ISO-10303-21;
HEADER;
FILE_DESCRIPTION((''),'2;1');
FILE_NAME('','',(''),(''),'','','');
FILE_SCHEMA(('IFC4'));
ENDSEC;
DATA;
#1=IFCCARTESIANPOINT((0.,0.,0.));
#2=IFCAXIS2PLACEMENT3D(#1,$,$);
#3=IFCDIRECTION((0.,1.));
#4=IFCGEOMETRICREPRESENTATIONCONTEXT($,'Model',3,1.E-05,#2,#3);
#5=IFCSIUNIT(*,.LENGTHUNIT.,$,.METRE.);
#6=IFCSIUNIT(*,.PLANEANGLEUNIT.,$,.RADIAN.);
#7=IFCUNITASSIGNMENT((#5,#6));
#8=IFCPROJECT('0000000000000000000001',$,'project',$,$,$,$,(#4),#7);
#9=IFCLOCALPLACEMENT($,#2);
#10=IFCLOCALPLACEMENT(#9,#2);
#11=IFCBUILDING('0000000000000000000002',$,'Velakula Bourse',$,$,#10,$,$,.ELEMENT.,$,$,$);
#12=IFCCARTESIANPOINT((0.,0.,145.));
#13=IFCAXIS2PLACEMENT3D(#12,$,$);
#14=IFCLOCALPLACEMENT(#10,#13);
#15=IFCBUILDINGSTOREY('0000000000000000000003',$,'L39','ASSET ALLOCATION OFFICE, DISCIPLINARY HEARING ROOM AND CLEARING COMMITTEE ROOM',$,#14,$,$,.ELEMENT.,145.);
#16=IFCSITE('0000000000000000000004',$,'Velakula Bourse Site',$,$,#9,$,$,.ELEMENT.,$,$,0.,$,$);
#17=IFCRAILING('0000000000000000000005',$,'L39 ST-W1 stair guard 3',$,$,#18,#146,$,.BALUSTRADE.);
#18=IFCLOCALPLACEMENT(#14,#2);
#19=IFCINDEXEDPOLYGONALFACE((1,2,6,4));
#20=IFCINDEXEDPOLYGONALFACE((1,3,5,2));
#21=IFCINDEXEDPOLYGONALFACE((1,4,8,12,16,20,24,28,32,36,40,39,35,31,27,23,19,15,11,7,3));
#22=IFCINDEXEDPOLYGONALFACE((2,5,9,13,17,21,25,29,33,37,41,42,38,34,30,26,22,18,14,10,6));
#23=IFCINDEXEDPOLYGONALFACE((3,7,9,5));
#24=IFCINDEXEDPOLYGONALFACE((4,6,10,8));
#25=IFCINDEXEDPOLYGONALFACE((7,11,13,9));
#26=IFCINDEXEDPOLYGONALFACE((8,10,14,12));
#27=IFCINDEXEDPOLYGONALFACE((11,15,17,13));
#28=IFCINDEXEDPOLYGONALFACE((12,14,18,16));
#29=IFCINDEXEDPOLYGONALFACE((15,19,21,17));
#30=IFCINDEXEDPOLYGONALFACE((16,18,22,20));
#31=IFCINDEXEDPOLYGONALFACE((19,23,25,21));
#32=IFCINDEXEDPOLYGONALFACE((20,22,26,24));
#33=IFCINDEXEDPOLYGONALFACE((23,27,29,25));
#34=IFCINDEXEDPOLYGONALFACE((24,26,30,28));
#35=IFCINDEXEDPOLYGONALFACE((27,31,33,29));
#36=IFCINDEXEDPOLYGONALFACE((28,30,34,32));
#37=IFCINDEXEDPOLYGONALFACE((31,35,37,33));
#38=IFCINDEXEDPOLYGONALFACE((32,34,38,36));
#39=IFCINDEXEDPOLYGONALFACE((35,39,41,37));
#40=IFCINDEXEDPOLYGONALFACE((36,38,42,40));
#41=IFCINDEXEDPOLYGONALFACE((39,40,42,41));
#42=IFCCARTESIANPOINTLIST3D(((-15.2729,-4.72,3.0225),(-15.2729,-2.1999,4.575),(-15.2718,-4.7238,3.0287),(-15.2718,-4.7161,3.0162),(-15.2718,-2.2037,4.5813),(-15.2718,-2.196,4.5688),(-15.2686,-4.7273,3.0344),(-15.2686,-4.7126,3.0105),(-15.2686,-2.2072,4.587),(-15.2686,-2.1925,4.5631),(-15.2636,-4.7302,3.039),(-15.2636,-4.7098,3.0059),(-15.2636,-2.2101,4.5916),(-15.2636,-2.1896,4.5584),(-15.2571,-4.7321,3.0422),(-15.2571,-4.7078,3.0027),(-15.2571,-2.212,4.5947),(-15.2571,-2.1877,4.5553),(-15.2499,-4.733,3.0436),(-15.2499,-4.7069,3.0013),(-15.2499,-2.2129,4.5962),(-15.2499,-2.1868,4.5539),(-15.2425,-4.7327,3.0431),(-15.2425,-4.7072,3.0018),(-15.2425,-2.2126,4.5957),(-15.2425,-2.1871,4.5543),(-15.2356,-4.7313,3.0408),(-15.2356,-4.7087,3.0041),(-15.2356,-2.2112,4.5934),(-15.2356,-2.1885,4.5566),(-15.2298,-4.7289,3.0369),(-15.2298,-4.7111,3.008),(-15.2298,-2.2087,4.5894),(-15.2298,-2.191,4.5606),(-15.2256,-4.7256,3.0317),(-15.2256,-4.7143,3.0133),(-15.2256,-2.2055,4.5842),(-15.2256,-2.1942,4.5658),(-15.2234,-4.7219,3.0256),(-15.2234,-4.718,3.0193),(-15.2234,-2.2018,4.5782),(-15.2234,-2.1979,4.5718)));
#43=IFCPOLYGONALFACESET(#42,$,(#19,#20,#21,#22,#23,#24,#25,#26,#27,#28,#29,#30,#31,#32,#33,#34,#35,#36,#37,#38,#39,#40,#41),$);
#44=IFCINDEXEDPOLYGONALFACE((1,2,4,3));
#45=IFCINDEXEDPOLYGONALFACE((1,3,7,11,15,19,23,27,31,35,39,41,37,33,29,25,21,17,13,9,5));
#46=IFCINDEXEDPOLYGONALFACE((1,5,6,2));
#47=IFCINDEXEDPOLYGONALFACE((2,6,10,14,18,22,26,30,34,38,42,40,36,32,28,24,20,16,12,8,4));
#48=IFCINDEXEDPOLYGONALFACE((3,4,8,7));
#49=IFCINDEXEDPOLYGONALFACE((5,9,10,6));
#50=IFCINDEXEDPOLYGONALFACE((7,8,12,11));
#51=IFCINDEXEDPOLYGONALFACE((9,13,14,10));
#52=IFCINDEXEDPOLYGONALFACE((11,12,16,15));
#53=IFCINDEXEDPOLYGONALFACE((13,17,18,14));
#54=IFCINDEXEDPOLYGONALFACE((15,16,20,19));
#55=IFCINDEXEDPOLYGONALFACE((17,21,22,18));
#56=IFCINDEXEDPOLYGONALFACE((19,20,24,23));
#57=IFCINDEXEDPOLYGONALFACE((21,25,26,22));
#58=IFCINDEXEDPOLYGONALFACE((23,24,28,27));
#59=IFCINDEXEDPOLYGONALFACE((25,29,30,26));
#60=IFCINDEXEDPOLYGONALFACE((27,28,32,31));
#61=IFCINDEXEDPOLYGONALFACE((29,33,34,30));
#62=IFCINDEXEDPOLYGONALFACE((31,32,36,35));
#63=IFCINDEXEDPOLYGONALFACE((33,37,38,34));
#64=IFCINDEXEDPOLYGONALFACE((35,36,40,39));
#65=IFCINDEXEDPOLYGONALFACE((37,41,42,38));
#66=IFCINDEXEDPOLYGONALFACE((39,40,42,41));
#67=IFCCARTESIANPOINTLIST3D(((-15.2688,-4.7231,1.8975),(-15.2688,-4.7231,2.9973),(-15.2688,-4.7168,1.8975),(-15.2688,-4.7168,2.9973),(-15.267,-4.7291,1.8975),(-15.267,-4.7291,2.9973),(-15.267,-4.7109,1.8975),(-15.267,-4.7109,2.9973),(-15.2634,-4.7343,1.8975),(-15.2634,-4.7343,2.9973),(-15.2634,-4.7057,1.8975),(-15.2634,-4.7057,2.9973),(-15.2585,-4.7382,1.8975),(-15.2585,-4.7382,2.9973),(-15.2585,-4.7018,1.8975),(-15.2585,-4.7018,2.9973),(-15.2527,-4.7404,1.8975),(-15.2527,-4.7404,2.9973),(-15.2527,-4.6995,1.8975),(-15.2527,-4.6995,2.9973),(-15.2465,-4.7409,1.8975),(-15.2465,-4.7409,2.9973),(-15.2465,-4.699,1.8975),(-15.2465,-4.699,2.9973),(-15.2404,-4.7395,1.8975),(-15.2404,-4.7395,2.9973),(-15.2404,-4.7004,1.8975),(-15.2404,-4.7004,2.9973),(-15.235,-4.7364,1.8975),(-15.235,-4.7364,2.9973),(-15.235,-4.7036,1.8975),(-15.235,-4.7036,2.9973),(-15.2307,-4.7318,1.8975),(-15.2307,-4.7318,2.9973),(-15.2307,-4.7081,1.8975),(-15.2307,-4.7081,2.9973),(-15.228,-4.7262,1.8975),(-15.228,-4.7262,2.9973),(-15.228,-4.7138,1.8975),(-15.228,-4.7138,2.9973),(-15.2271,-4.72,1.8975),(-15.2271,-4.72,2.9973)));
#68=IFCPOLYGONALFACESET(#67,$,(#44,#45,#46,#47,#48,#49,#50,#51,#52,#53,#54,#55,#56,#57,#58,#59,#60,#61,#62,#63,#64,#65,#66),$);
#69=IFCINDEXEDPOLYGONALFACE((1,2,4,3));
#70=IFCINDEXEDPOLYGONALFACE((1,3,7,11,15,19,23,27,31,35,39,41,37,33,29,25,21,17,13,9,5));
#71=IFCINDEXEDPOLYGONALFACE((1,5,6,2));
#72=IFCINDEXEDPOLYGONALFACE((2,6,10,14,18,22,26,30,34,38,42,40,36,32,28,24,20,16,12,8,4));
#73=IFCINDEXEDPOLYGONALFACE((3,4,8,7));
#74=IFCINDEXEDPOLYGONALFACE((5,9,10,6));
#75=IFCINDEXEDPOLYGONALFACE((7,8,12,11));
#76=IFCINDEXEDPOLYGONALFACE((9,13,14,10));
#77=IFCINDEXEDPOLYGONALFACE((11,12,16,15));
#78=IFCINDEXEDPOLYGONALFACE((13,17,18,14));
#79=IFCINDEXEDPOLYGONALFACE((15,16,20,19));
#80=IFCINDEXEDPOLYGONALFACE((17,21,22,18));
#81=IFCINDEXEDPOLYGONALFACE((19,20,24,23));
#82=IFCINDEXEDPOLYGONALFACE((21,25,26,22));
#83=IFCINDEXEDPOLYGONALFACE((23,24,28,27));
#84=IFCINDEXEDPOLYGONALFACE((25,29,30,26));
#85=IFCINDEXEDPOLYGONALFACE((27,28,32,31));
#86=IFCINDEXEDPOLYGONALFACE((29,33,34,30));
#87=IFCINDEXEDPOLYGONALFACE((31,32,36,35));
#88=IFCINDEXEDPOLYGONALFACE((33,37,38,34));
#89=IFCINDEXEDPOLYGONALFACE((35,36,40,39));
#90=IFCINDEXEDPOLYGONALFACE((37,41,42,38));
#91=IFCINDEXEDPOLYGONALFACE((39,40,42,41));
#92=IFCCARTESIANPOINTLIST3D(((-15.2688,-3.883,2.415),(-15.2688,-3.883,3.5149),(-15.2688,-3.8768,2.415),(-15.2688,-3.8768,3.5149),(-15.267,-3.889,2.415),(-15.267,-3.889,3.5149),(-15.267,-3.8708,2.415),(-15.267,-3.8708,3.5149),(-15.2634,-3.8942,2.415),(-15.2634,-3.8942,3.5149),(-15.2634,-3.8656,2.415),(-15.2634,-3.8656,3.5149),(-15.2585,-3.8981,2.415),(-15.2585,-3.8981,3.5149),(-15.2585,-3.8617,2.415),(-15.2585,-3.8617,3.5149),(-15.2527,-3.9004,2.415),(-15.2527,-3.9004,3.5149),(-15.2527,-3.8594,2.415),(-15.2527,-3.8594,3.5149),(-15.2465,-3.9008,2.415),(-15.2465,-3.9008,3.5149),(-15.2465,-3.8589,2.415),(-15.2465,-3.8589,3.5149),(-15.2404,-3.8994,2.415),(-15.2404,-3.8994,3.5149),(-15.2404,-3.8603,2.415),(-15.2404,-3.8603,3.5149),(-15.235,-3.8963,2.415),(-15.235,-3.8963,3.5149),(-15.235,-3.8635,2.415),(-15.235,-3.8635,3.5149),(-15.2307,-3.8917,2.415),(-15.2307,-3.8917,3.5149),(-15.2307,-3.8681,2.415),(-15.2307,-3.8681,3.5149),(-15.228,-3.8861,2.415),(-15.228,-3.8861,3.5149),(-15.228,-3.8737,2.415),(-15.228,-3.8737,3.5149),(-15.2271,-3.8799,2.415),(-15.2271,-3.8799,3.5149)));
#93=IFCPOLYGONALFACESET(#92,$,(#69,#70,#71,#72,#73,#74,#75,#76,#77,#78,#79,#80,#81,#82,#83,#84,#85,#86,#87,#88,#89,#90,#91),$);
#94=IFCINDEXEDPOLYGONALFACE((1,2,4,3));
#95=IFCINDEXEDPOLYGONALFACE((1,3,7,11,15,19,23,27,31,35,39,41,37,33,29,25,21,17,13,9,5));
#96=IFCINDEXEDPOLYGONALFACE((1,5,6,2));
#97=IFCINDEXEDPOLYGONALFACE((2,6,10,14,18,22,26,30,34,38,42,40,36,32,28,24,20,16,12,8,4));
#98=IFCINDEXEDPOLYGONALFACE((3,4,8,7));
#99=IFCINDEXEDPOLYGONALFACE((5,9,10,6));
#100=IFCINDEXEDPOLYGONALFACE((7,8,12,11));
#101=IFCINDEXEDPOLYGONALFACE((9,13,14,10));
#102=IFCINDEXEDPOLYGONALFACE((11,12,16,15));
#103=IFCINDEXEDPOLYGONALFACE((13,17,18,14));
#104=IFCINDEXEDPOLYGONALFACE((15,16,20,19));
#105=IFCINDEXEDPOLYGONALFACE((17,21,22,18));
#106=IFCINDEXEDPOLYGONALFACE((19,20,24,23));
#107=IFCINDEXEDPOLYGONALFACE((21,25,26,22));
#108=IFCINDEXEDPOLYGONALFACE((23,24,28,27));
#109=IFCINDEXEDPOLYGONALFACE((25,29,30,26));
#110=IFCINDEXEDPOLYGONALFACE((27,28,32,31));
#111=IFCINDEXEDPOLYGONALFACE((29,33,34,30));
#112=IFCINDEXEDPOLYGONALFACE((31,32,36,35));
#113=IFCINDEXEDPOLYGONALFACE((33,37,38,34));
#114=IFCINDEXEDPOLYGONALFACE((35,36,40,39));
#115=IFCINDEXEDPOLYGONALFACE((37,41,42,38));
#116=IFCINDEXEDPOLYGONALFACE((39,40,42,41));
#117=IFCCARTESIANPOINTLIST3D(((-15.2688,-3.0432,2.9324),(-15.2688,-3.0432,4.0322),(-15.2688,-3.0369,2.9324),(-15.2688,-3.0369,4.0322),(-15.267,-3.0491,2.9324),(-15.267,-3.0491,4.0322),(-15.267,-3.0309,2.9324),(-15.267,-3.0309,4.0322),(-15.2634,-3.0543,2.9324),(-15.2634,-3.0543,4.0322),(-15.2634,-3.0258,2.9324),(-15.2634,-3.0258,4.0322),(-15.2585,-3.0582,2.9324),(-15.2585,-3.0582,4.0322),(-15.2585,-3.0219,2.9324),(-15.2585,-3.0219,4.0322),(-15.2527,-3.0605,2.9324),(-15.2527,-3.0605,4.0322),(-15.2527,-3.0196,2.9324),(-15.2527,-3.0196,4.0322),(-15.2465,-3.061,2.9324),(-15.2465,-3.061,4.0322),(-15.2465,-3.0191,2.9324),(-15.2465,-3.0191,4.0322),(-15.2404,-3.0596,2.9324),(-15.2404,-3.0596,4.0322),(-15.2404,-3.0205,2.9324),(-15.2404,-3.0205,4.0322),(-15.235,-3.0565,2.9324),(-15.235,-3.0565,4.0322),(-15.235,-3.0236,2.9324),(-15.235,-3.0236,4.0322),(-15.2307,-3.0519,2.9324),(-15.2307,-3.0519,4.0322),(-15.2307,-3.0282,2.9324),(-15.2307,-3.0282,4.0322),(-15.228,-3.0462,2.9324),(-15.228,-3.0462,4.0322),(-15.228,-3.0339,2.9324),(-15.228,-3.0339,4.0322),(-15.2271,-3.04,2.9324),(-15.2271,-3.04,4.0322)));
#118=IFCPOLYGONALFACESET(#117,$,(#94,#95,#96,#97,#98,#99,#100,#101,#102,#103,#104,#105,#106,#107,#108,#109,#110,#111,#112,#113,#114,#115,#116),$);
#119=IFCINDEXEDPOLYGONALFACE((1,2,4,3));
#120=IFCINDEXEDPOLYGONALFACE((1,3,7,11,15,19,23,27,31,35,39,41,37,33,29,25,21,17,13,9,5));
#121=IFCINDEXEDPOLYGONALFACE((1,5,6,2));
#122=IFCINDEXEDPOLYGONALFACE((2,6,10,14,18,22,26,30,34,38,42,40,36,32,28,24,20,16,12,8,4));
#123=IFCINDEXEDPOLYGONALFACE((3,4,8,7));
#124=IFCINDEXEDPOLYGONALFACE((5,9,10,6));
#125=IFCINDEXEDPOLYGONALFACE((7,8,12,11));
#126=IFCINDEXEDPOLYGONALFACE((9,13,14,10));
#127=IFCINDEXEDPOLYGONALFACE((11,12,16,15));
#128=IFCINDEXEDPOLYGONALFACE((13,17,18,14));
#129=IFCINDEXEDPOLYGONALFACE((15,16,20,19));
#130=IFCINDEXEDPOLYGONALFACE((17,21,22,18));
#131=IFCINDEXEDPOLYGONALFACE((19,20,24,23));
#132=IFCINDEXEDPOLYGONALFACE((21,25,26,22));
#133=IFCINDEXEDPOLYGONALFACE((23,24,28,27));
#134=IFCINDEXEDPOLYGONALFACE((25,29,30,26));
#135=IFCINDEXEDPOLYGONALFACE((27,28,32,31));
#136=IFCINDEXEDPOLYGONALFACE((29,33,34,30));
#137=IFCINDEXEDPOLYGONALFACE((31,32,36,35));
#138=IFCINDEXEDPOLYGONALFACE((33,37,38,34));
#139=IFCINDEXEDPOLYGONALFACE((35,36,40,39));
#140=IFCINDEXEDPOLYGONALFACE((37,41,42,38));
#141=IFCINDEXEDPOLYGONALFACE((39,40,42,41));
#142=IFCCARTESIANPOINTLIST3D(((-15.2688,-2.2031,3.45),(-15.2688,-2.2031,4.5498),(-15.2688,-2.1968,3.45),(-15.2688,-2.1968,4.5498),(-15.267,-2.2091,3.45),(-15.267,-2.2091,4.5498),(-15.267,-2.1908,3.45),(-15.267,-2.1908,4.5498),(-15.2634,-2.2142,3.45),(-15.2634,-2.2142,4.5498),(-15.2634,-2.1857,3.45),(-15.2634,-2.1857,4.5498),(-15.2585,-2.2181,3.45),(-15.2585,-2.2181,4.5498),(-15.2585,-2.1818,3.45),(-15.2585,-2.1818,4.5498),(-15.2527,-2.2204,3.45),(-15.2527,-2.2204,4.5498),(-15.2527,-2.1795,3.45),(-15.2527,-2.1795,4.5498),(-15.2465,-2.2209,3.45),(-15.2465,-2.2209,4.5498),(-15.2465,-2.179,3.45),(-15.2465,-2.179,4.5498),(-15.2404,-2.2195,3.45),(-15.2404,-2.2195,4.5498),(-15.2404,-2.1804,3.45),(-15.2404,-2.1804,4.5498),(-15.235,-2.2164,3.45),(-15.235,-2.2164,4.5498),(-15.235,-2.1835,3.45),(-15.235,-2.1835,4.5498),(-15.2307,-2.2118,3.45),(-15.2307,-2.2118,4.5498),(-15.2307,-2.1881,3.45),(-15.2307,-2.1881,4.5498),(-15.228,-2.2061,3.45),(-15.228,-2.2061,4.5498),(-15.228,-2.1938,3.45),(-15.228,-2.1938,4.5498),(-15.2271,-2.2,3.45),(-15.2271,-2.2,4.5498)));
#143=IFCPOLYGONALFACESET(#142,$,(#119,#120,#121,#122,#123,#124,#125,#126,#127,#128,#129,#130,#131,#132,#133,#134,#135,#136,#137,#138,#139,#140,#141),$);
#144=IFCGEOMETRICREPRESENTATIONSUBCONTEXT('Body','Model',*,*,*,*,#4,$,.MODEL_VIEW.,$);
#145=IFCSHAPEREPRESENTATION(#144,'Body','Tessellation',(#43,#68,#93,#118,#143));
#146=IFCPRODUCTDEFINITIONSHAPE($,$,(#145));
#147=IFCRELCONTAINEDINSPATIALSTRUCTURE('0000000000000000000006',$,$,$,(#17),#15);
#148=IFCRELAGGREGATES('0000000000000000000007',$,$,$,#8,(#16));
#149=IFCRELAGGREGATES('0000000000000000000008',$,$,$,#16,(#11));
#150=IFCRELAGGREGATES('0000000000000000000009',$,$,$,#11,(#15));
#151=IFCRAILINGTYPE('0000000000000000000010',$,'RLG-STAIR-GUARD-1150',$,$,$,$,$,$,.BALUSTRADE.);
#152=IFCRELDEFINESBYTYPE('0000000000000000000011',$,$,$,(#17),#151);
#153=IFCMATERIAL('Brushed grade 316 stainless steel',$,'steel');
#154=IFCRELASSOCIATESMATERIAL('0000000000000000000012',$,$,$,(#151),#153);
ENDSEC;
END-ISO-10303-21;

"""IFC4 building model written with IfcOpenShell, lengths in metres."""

from ifc_helpers import new_model, si_unit, direction, frame, origin, origin_2d, place, context, subcontext, project, spatial, circle, extrude, material, type_object, element, save


model = new_model("IFC4")

# Units and contexts
model_context = context("Model", 3, precision=1e-05, world=origin(), true_north=direction((0.0, 1.0)))
body_context = subcontext(model_context, "Body", "Model", "MODEL_VIEW")
ifc_project = project(units=[si_unit("LENGTHUNIT", "METRE"), si_unit("PLANEANGLEUNIT", "RADIAN")], contexts=[model_context])

# Site, building, storey
site_placement = place(None, origin())
site = spatial("IfcSite", under=ifc_project, at=site_placement, Name="Velakula Bourse Site", CompositionType="ELEMENT", RefElevation=0.0)
building_placement = place(site_placement, origin())
building = spatial("IfcBuilding", under=site, at=building_placement, Name="Velakula Bourse", CompositionType="ELEMENT")
storey_placement = place(building_placement, frame((0.0, 0.0, 145.0)))
storey = spatial("IfcBuildingStorey", under=building, at=storey_placement, Name="L39", Description="ASSET ALLOCATION OFFICE, DISCIPLINARY HEARING ROOM AND CLEARING COMMITTEE ROOM", CompositionType="ELEMENT", Elevation=145.0)

# Shared definitions
ifc_material_1 = material(Name="Brushed grade 316 stainless steel", Category="steel")

# Railing
railing_type_1 = type_object("IfcRailingType", Name="RLG-STAIR-GUARD-1150", PredefinedType="BALUSTRADE", material=ifc_material_1)
railing_1_placement = place(storey_placement, frame((-15.248, -4.72, 1.8975)))
element("IfcRailing", 1, at=railing_1_placement, inside=storey, type_object=railing_type_1, Name="L39 ST-W1 stair guard 3", PredefinedType="BALUSTRADE", context=body_context, shape_type="SweptSolid", body=[
    extrude(circle(Radius=0.0249, at=origin_2d()), frame((0.0, 0.0, 1.125), z_axis=(0.0, 0.8514, 0.524516), x_axis=(-1.0, 0.0, 0.0)), (0.0, 0.0, 1.0), 2.96),
    extrude(circle(Radius=0.021, at=origin_2d()), origin(), (0.0, 0.0, 1.0), 1.0999),
    extrude(circle(Radius=0.021, at=origin_2d()), frame((0.0, 0.8401, 0.5176)), (0.0, 0.0, 1.0), 1.0999),
    extrude(circle(Radius=0.021, at=origin_2d()), frame((0.0, 1.6799, 1.0349)), (0.0, 0.0, 1.0), 1.0999),
    extrude(circle(Radius=0.021, at=origin_2d()), frame((0.0, 2.52, 1.5525)), (0.0, 0.0, 1.0), 1.0999),
])

save(model, "model.ifc")
